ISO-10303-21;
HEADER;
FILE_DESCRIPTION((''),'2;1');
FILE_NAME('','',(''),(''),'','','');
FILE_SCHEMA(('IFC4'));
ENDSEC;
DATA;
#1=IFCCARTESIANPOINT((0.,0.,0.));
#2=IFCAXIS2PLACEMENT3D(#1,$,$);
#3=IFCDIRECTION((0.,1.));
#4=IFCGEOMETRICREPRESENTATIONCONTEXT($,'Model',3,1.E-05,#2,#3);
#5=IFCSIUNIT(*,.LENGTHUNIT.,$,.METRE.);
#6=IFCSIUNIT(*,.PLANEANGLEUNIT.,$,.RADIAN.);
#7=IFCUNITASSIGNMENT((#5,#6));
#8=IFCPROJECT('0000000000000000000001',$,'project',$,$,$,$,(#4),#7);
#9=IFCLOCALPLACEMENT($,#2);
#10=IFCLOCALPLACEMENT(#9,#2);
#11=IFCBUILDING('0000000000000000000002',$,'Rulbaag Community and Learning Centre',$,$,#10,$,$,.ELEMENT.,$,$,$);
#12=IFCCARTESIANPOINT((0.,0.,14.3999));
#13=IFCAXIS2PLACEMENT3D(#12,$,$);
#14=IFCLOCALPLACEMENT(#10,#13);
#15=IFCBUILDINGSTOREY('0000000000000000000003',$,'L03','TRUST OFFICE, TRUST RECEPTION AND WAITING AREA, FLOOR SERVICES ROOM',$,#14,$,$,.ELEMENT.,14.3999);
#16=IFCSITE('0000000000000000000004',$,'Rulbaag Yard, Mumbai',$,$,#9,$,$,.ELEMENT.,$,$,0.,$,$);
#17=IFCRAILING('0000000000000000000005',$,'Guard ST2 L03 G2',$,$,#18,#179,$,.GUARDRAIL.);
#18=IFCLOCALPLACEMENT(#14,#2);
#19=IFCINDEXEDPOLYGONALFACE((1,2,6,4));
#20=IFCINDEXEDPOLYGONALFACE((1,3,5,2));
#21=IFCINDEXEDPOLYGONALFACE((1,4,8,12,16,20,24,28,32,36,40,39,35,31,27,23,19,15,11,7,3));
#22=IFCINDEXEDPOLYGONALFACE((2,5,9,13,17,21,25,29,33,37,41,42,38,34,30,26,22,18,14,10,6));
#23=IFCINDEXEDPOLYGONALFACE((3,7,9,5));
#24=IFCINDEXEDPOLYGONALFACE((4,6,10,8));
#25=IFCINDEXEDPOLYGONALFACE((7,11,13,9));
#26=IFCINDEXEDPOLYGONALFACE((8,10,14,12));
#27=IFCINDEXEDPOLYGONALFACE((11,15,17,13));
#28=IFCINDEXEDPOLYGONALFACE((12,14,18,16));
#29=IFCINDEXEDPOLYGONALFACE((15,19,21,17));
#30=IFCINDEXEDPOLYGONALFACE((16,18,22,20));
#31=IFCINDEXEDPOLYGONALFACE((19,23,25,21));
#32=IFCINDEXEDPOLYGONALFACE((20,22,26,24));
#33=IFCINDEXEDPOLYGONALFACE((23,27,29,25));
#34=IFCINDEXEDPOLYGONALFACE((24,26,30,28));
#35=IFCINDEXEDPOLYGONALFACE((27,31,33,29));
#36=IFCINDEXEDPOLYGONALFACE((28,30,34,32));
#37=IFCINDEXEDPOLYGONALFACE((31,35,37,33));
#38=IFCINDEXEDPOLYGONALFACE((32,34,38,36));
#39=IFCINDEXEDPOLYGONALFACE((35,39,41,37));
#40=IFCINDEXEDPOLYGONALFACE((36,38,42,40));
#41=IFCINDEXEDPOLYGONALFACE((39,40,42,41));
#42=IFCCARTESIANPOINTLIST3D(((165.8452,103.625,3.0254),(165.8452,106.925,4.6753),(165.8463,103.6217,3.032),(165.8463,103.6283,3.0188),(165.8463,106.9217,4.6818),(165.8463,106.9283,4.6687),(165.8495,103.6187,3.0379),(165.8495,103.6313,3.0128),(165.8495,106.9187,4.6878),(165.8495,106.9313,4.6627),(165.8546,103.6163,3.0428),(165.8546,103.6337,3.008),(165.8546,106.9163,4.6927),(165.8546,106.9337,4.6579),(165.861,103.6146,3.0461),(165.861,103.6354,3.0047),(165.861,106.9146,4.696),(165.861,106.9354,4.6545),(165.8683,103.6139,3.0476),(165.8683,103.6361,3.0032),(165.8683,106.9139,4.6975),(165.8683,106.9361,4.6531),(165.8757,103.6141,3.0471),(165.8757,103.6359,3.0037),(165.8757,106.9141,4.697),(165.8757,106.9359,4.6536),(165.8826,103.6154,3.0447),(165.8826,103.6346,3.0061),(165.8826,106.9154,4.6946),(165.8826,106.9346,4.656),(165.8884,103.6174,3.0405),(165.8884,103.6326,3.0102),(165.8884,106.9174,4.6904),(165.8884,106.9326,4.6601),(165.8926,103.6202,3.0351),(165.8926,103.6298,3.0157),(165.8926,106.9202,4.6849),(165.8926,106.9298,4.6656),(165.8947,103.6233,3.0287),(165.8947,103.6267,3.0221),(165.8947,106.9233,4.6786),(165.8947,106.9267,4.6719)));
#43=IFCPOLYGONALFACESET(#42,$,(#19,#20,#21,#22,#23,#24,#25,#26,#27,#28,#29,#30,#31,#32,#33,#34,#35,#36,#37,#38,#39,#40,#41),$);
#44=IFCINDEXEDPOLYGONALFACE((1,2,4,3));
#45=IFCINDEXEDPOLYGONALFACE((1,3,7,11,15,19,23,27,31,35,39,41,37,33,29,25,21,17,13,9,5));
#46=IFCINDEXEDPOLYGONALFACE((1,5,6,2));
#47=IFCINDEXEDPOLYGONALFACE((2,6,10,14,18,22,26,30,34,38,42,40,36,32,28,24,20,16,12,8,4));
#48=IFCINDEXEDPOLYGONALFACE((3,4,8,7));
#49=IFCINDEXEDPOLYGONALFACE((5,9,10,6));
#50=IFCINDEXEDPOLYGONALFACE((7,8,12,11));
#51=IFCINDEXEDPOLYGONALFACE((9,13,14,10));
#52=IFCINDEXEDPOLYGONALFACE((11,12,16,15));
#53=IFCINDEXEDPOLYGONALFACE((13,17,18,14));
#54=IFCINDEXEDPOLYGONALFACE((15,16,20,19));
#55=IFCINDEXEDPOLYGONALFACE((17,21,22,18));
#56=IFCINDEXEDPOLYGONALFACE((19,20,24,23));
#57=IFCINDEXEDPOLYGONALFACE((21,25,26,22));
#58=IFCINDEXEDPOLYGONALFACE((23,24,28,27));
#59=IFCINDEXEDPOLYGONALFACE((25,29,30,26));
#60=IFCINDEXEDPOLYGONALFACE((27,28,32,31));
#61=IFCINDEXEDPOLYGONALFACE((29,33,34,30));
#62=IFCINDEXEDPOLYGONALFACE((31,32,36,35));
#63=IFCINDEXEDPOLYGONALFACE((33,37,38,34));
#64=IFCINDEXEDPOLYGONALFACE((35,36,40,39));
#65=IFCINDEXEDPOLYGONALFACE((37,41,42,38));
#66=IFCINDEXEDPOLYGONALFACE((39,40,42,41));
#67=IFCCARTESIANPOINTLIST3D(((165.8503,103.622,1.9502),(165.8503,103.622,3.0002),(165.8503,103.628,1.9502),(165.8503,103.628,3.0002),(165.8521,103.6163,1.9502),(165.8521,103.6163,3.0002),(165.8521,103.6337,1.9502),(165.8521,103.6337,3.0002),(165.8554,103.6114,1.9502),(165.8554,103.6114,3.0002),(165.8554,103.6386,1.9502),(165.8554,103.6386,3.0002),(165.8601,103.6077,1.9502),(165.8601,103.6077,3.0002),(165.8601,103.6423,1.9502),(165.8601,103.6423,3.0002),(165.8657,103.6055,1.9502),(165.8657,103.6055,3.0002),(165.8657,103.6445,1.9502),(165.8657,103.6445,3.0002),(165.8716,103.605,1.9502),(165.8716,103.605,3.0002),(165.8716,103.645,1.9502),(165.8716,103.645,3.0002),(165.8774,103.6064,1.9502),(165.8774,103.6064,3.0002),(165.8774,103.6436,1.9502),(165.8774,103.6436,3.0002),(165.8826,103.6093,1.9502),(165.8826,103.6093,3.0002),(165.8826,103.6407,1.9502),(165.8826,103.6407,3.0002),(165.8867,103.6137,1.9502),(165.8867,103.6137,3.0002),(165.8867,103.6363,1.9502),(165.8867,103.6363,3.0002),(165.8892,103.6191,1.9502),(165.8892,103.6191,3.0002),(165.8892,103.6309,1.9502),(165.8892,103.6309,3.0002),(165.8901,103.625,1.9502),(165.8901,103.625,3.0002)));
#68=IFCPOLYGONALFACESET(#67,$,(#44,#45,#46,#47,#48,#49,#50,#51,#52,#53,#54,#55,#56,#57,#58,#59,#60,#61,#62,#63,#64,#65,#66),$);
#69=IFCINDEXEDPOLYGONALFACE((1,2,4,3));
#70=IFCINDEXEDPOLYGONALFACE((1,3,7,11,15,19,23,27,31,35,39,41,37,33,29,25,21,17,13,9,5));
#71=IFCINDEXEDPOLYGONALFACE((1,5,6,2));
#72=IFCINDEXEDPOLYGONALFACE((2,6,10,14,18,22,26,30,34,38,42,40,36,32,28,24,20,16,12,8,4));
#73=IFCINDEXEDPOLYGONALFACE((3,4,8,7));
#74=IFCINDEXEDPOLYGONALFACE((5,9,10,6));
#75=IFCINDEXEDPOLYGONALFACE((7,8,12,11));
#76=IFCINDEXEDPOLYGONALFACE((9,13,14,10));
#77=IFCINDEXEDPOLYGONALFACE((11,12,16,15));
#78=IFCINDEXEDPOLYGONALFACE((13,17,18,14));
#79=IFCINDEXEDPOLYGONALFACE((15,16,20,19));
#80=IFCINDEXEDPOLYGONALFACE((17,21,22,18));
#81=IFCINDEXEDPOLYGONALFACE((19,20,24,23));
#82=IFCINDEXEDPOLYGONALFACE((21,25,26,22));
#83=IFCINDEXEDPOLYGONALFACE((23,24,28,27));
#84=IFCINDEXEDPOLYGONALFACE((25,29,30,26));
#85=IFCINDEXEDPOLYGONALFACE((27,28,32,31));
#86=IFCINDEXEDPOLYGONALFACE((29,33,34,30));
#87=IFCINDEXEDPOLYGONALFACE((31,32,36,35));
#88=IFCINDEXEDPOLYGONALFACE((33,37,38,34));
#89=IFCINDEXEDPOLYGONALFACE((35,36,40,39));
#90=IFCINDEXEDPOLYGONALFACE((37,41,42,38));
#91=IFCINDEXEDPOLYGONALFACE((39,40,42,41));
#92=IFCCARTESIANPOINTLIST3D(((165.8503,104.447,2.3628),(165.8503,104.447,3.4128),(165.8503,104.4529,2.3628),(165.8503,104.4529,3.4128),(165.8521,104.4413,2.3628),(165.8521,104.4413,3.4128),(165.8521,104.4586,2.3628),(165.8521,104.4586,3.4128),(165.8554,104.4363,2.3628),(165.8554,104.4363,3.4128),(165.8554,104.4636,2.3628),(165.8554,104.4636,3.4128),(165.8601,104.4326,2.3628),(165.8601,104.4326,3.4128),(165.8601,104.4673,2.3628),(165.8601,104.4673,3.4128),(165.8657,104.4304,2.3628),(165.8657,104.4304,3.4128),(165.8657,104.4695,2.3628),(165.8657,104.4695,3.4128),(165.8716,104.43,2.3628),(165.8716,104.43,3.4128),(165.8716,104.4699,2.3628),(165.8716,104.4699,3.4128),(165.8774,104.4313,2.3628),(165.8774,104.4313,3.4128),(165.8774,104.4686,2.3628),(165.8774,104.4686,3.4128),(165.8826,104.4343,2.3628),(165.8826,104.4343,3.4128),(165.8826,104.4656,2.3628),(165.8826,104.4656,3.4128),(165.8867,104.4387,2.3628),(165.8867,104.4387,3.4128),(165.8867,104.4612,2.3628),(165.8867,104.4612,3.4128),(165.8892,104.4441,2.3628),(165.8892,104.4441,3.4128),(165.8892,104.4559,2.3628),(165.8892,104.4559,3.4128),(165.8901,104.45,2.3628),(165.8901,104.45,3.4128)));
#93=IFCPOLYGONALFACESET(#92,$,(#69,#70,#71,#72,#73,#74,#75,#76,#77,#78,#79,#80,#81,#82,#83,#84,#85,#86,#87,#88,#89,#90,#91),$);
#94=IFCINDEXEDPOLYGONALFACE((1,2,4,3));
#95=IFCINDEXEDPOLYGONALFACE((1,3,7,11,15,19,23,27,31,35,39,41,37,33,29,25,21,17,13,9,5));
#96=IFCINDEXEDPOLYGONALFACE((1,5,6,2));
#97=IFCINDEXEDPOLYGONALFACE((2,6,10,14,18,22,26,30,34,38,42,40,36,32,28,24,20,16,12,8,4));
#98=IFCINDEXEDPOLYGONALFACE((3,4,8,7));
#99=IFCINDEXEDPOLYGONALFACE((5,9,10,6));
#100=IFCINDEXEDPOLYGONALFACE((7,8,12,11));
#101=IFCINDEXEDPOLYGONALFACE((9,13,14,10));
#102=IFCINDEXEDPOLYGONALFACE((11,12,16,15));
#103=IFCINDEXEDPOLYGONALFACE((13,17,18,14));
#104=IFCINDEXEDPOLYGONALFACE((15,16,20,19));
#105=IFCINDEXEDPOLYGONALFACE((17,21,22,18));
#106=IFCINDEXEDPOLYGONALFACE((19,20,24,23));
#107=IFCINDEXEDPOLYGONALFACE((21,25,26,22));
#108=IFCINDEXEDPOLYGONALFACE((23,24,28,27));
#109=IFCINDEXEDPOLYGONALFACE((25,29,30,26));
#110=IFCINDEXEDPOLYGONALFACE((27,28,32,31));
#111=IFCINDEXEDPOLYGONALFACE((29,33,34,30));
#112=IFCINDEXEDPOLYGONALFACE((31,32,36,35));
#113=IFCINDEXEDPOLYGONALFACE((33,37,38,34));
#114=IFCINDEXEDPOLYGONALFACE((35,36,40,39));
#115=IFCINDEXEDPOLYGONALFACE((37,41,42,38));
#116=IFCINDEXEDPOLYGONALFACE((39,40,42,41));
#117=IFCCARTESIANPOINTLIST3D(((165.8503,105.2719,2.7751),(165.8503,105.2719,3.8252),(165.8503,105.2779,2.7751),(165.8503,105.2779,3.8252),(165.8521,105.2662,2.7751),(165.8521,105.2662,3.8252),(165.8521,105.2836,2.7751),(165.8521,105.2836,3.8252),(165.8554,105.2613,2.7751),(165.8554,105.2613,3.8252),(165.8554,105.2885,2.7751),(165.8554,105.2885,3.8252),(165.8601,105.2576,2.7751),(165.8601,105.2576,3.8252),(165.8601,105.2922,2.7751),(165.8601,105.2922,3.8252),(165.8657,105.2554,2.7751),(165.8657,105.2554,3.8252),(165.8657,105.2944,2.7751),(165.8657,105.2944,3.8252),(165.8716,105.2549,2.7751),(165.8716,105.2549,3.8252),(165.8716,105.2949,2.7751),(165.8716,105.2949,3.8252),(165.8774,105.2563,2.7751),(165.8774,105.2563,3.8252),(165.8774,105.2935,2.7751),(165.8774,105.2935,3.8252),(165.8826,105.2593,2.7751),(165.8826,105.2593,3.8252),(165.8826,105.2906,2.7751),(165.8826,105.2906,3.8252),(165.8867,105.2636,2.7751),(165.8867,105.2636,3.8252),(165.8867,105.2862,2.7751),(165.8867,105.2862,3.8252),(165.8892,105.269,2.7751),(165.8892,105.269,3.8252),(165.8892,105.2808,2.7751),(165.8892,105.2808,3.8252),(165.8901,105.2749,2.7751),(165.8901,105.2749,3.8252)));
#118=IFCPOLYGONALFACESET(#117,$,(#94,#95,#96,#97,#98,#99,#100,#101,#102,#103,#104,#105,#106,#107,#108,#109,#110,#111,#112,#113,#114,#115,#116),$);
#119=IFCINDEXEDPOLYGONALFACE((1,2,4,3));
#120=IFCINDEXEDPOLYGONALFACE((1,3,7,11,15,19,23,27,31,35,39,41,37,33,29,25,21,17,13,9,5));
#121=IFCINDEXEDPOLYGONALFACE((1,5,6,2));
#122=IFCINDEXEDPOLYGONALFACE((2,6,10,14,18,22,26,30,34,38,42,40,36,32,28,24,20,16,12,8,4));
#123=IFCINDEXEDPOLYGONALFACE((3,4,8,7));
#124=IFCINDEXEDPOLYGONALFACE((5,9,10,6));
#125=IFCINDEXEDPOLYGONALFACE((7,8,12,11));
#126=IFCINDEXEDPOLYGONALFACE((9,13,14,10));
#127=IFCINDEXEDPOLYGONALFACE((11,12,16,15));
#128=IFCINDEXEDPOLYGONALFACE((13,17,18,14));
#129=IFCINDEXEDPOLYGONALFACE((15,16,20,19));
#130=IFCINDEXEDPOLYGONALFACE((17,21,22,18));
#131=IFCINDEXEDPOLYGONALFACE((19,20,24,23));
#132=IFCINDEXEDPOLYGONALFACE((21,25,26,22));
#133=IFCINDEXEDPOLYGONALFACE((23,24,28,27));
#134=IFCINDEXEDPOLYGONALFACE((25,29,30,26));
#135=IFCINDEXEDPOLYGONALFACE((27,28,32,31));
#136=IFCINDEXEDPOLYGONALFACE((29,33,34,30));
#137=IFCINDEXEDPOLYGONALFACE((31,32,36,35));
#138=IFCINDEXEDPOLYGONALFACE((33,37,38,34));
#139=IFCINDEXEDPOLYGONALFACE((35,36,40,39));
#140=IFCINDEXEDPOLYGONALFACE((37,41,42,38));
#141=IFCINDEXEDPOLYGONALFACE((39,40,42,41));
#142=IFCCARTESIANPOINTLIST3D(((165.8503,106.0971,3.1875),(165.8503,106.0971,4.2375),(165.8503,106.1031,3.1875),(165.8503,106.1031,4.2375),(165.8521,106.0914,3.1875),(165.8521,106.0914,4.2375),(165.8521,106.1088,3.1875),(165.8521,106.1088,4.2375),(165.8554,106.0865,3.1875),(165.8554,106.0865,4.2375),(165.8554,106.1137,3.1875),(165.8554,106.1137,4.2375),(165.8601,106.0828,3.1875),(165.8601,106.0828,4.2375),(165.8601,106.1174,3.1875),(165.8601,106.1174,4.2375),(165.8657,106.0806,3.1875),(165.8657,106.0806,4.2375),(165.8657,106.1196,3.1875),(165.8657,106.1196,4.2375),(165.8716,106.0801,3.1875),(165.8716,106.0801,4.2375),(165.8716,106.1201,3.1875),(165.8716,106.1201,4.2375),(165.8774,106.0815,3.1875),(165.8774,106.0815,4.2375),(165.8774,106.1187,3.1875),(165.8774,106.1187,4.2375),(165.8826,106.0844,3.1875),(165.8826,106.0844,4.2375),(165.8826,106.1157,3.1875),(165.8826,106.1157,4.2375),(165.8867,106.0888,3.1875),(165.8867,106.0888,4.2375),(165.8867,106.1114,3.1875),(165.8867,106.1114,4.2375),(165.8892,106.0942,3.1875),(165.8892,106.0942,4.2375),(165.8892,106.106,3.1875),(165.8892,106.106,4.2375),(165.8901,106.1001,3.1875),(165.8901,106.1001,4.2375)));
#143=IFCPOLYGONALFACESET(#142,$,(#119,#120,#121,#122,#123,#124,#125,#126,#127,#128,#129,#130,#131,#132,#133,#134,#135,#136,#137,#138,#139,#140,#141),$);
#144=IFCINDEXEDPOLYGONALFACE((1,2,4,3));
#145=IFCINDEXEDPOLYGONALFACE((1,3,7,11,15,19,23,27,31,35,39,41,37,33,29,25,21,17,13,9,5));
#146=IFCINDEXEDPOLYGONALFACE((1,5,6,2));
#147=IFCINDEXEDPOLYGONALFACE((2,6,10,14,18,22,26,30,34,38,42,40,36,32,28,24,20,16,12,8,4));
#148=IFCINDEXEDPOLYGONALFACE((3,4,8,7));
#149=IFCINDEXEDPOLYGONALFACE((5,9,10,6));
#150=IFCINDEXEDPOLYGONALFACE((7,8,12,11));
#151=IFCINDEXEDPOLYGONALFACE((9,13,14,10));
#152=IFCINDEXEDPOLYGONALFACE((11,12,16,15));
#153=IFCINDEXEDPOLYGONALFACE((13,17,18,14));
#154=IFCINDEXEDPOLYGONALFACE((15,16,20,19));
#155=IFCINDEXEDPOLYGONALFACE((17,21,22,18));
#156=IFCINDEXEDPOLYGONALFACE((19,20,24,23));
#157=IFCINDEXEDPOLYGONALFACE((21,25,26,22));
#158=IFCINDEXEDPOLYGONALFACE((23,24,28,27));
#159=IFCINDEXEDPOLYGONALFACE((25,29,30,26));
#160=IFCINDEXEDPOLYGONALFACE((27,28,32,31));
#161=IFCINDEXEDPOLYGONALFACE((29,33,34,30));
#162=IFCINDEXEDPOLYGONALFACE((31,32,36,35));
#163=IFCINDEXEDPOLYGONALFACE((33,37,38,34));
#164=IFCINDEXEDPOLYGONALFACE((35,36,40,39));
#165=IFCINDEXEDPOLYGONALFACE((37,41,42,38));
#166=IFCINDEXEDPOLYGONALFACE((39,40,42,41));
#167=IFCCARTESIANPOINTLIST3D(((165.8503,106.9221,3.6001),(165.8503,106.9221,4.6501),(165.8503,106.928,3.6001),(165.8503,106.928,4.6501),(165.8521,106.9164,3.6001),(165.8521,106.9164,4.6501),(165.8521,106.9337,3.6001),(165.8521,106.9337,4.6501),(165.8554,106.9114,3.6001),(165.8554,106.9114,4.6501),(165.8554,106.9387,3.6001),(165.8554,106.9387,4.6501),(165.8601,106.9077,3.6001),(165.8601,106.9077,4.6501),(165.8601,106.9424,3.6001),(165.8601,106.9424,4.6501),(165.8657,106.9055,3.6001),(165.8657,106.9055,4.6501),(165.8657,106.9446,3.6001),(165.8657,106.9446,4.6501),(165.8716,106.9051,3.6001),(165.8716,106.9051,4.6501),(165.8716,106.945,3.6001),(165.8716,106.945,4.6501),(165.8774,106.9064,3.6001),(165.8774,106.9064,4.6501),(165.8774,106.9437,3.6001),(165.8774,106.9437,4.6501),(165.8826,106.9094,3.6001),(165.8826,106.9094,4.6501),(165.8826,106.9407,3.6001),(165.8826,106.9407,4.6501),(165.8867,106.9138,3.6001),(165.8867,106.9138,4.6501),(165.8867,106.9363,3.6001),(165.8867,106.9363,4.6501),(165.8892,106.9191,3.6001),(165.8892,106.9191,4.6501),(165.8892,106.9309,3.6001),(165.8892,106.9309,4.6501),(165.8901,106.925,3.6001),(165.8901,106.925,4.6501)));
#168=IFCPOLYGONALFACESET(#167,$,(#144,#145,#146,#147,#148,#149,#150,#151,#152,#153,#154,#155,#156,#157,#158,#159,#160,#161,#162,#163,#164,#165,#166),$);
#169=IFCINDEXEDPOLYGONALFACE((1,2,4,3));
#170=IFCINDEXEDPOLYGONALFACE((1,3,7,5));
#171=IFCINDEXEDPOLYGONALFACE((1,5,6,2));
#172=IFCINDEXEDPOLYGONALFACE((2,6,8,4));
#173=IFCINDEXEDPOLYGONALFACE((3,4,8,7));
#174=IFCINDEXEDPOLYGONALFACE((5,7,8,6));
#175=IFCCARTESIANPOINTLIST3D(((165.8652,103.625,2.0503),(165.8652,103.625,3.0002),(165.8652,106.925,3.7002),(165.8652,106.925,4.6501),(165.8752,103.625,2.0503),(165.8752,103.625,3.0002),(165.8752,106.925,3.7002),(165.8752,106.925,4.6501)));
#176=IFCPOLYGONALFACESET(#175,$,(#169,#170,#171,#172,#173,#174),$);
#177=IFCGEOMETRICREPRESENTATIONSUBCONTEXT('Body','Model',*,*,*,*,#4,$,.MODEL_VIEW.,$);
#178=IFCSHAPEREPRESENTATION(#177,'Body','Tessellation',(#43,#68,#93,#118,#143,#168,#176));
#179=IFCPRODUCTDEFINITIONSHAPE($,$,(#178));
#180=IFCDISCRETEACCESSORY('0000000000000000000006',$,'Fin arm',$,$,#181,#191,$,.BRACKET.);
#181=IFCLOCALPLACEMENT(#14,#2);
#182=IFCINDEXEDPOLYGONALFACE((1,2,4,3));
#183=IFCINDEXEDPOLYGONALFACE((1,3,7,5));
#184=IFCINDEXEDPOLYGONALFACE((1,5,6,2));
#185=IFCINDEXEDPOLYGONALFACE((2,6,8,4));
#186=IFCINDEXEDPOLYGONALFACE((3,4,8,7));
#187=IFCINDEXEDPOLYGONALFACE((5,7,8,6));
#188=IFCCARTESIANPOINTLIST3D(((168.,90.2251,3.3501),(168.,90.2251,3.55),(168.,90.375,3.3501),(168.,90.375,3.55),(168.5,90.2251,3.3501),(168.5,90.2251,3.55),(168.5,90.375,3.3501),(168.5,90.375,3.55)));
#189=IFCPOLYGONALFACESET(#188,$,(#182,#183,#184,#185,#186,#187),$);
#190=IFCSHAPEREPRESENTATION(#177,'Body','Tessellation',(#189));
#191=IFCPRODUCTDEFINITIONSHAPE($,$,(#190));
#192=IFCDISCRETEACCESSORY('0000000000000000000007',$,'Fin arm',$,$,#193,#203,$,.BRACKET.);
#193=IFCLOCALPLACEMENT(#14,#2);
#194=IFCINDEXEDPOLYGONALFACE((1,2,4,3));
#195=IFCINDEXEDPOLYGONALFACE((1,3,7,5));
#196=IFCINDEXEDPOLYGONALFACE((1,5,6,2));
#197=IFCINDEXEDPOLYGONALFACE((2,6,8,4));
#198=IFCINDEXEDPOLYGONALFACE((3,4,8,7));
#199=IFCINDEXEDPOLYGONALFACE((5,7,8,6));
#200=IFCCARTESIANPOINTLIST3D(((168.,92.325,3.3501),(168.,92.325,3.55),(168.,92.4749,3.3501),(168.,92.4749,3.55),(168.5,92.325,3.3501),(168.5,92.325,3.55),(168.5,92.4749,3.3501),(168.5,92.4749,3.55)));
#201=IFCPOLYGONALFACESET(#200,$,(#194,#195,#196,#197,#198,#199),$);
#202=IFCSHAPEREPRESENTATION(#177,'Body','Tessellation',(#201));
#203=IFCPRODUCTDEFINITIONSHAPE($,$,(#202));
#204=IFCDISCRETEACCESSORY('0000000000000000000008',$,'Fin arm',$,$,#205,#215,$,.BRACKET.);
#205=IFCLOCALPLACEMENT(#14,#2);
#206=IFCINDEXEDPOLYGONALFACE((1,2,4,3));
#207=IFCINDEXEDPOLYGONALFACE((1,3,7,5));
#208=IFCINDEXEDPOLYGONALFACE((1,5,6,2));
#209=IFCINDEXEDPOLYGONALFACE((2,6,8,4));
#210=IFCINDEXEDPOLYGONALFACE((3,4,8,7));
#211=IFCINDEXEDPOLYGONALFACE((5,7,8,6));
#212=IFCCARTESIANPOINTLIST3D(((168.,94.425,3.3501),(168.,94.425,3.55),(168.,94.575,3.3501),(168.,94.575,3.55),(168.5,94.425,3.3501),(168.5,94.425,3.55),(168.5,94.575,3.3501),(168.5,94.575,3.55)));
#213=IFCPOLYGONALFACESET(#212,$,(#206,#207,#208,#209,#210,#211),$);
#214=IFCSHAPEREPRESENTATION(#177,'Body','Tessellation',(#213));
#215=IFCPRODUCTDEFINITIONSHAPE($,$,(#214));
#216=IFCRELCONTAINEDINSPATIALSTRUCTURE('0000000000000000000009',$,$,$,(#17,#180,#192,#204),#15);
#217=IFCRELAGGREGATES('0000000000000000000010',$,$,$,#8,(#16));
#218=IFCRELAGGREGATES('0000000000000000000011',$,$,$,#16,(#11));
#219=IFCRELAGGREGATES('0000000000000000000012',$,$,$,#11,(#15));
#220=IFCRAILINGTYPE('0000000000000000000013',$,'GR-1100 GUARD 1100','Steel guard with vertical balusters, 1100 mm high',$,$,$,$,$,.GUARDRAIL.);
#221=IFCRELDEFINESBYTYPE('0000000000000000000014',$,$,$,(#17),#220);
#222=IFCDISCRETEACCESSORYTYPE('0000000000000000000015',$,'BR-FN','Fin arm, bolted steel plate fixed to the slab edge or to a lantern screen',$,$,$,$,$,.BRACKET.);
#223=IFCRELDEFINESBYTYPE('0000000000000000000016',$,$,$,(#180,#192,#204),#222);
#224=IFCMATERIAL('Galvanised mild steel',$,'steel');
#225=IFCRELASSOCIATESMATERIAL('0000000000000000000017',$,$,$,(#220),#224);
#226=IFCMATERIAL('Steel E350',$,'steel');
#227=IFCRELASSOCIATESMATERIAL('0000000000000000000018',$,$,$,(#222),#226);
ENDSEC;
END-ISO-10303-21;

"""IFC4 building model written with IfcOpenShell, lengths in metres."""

from ifc_helpers import new_model, si_unit, direction, frame, origin, origin_2d, place, context, subcontext, project, spatial, polyline, rectangle, circle, outline, extrude, material, type_object, element, save


model = new_model("IFC4")

# Units and contexts
model_context = context("Model", 3, precision=1e-05, world=origin(), true_north=direction((0.0, 1.0)))
body_context = subcontext(model_context, "Body", "Model", "MODEL_VIEW")
ifc_project = project(units=[si_unit("LENGTHUNIT", "METRE"), si_unit("PLANEANGLEUNIT", "RADIAN")], contexts=[model_context])

# Site, building, storey
site_placement = place(None, origin())
site = spatial("IfcSite", under=ifc_project, at=site_placement, Name="Rulbaag Yard, Mumbai", CompositionType="ELEMENT", RefElevation=0.0)
building_placement = place(site_placement, origin())
building = spatial("IfcBuilding", under=site, at=building_placement, Name="Rulbaag Community and Learning Centre", CompositionType="ELEMENT")
storey_placement = place(building_placement, frame((0.0, 0.0, 14.3999)))
storey = spatial("IfcBuildingStorey", under=building, at=storey_placement, Name="L03", Description="TRUST OFFICE, TRUST RECEPTION AND WAITING AREA, FLOOR SERVICES ROOM", CompositionType="ELEMENT", Elevation=14.3999)

# Railing
ifc_material_1 = material(Name="Galvanised mild steel", Category="steel")
railing_type_1 = type_object("IfcRailingType", Name="GR-1100 GUARD 1100", Description="Steel guard with vertical balusters, 1100 mm high", PredefinedType="GUARDRAIL", material=ifc_material_1)
railing_1_placement = place(storey_placement, frame((165.8701, 103.625, 1.9502)))
element("IfcRailing", 1, at=railing_1_placement, inside=storey, type_object=railing_type_1, Name="Guard ST2 L03 G2", PredefinedType="GUARDRAIL", context=body_context, shape_type="SweptSolid", body=[
    extrude(circle(Radius=0.0249, at=origin_2d()), frame((0.0, 0.0, 1.0752), z_axis=(0.0, 0.89444, 0.447187), x_axis=(-1.0, 0.0, 0.0)), (0.0, 0.0, 1.0), 3.6895),
    extrude(circle(Radius=0.02, at=origin_2d()), origin(), (0.0, 0.0, 1.0), 1.05),
    extrude(circle(Radius=0.02, at=origin_2d()), frame((0.0, 0.825, 0.4126)), (0.0, 0.0, 1.0), 1.05),
    extrude(circle(Radius=0.02, at=origin_2d()), frame((0.0, 1.6499, 0.825)), (0.0, 0.0, 1.0), 1.05),
    extrude(circle(Radius=0.02, at=origin_2d()), frame((0.0, 2.4751, 1.2373)), (0.0, 0.0, 1.0), 1.05),
    extrude(circle(Radius=0.02, at=origin_2d()), frame((0.0, 3.3, 1.6499)), (0.0, 0.0, 1.0), 1.05),
    extrude(outline(polyline([(0.0, 0.0), (3.3, 1.6499), (3.3, 2.5999), (0.0, 0.95), (0.0, 0.0)])), frame((-0.0049, 0.0, 0.1001), z_axis=(1.0, 0.0, 0.0), x_axis=(0.0, 1.0, 0.0)), (0.0, 0.0, 1.0), 0.01),
])

# Discrete accessories
ifc_material_2 = material(Name="Steel E350", Category="steel")
discrete_accessory_type = type_object("IfcDiscreteAccessoryType", Name="BR-FN", Description="Fin arm, bolted steel plate fixed to the slab edge or to a lantern screen", PredefinedType="BRACKET", material=ifc_material_2)
for number, where, z_axis, x_axis, name in (
    (2, (168.25, 90.3, 3.3501), (0.0, 0.0, 1.0), (1.0, 0.0, 0.0), "Fin arm"),
    (3, (168.25, 92.3999, 3.3501), (0.0, 0.0, 1.0), (1.0, 0.0, 0.0), "Fin arm"),
    (4, (168.25, 94.5, 3.3501), (0.0, 0.0, 1.0), (1.0, 0.0, 0.0), "Fin arm"),
):
    element("IfcDiscreteAccessory", number, at=place(storey_placement, frame(where, z_axis=z_axis, x_axis=x_axis)), inside=storey, type_object=discrete_accessory_type, Name=name, PredefinedType="BRACKET", context=body_context, shape_type="SweptSolid", body=[
        extrude(rectangle(XDim=0.5, YDim=0.1499, at=origin_2d()), origin(), (0.0, 0.0, 1.0), 0.2),
    ])

save(model, "model.ifc")
